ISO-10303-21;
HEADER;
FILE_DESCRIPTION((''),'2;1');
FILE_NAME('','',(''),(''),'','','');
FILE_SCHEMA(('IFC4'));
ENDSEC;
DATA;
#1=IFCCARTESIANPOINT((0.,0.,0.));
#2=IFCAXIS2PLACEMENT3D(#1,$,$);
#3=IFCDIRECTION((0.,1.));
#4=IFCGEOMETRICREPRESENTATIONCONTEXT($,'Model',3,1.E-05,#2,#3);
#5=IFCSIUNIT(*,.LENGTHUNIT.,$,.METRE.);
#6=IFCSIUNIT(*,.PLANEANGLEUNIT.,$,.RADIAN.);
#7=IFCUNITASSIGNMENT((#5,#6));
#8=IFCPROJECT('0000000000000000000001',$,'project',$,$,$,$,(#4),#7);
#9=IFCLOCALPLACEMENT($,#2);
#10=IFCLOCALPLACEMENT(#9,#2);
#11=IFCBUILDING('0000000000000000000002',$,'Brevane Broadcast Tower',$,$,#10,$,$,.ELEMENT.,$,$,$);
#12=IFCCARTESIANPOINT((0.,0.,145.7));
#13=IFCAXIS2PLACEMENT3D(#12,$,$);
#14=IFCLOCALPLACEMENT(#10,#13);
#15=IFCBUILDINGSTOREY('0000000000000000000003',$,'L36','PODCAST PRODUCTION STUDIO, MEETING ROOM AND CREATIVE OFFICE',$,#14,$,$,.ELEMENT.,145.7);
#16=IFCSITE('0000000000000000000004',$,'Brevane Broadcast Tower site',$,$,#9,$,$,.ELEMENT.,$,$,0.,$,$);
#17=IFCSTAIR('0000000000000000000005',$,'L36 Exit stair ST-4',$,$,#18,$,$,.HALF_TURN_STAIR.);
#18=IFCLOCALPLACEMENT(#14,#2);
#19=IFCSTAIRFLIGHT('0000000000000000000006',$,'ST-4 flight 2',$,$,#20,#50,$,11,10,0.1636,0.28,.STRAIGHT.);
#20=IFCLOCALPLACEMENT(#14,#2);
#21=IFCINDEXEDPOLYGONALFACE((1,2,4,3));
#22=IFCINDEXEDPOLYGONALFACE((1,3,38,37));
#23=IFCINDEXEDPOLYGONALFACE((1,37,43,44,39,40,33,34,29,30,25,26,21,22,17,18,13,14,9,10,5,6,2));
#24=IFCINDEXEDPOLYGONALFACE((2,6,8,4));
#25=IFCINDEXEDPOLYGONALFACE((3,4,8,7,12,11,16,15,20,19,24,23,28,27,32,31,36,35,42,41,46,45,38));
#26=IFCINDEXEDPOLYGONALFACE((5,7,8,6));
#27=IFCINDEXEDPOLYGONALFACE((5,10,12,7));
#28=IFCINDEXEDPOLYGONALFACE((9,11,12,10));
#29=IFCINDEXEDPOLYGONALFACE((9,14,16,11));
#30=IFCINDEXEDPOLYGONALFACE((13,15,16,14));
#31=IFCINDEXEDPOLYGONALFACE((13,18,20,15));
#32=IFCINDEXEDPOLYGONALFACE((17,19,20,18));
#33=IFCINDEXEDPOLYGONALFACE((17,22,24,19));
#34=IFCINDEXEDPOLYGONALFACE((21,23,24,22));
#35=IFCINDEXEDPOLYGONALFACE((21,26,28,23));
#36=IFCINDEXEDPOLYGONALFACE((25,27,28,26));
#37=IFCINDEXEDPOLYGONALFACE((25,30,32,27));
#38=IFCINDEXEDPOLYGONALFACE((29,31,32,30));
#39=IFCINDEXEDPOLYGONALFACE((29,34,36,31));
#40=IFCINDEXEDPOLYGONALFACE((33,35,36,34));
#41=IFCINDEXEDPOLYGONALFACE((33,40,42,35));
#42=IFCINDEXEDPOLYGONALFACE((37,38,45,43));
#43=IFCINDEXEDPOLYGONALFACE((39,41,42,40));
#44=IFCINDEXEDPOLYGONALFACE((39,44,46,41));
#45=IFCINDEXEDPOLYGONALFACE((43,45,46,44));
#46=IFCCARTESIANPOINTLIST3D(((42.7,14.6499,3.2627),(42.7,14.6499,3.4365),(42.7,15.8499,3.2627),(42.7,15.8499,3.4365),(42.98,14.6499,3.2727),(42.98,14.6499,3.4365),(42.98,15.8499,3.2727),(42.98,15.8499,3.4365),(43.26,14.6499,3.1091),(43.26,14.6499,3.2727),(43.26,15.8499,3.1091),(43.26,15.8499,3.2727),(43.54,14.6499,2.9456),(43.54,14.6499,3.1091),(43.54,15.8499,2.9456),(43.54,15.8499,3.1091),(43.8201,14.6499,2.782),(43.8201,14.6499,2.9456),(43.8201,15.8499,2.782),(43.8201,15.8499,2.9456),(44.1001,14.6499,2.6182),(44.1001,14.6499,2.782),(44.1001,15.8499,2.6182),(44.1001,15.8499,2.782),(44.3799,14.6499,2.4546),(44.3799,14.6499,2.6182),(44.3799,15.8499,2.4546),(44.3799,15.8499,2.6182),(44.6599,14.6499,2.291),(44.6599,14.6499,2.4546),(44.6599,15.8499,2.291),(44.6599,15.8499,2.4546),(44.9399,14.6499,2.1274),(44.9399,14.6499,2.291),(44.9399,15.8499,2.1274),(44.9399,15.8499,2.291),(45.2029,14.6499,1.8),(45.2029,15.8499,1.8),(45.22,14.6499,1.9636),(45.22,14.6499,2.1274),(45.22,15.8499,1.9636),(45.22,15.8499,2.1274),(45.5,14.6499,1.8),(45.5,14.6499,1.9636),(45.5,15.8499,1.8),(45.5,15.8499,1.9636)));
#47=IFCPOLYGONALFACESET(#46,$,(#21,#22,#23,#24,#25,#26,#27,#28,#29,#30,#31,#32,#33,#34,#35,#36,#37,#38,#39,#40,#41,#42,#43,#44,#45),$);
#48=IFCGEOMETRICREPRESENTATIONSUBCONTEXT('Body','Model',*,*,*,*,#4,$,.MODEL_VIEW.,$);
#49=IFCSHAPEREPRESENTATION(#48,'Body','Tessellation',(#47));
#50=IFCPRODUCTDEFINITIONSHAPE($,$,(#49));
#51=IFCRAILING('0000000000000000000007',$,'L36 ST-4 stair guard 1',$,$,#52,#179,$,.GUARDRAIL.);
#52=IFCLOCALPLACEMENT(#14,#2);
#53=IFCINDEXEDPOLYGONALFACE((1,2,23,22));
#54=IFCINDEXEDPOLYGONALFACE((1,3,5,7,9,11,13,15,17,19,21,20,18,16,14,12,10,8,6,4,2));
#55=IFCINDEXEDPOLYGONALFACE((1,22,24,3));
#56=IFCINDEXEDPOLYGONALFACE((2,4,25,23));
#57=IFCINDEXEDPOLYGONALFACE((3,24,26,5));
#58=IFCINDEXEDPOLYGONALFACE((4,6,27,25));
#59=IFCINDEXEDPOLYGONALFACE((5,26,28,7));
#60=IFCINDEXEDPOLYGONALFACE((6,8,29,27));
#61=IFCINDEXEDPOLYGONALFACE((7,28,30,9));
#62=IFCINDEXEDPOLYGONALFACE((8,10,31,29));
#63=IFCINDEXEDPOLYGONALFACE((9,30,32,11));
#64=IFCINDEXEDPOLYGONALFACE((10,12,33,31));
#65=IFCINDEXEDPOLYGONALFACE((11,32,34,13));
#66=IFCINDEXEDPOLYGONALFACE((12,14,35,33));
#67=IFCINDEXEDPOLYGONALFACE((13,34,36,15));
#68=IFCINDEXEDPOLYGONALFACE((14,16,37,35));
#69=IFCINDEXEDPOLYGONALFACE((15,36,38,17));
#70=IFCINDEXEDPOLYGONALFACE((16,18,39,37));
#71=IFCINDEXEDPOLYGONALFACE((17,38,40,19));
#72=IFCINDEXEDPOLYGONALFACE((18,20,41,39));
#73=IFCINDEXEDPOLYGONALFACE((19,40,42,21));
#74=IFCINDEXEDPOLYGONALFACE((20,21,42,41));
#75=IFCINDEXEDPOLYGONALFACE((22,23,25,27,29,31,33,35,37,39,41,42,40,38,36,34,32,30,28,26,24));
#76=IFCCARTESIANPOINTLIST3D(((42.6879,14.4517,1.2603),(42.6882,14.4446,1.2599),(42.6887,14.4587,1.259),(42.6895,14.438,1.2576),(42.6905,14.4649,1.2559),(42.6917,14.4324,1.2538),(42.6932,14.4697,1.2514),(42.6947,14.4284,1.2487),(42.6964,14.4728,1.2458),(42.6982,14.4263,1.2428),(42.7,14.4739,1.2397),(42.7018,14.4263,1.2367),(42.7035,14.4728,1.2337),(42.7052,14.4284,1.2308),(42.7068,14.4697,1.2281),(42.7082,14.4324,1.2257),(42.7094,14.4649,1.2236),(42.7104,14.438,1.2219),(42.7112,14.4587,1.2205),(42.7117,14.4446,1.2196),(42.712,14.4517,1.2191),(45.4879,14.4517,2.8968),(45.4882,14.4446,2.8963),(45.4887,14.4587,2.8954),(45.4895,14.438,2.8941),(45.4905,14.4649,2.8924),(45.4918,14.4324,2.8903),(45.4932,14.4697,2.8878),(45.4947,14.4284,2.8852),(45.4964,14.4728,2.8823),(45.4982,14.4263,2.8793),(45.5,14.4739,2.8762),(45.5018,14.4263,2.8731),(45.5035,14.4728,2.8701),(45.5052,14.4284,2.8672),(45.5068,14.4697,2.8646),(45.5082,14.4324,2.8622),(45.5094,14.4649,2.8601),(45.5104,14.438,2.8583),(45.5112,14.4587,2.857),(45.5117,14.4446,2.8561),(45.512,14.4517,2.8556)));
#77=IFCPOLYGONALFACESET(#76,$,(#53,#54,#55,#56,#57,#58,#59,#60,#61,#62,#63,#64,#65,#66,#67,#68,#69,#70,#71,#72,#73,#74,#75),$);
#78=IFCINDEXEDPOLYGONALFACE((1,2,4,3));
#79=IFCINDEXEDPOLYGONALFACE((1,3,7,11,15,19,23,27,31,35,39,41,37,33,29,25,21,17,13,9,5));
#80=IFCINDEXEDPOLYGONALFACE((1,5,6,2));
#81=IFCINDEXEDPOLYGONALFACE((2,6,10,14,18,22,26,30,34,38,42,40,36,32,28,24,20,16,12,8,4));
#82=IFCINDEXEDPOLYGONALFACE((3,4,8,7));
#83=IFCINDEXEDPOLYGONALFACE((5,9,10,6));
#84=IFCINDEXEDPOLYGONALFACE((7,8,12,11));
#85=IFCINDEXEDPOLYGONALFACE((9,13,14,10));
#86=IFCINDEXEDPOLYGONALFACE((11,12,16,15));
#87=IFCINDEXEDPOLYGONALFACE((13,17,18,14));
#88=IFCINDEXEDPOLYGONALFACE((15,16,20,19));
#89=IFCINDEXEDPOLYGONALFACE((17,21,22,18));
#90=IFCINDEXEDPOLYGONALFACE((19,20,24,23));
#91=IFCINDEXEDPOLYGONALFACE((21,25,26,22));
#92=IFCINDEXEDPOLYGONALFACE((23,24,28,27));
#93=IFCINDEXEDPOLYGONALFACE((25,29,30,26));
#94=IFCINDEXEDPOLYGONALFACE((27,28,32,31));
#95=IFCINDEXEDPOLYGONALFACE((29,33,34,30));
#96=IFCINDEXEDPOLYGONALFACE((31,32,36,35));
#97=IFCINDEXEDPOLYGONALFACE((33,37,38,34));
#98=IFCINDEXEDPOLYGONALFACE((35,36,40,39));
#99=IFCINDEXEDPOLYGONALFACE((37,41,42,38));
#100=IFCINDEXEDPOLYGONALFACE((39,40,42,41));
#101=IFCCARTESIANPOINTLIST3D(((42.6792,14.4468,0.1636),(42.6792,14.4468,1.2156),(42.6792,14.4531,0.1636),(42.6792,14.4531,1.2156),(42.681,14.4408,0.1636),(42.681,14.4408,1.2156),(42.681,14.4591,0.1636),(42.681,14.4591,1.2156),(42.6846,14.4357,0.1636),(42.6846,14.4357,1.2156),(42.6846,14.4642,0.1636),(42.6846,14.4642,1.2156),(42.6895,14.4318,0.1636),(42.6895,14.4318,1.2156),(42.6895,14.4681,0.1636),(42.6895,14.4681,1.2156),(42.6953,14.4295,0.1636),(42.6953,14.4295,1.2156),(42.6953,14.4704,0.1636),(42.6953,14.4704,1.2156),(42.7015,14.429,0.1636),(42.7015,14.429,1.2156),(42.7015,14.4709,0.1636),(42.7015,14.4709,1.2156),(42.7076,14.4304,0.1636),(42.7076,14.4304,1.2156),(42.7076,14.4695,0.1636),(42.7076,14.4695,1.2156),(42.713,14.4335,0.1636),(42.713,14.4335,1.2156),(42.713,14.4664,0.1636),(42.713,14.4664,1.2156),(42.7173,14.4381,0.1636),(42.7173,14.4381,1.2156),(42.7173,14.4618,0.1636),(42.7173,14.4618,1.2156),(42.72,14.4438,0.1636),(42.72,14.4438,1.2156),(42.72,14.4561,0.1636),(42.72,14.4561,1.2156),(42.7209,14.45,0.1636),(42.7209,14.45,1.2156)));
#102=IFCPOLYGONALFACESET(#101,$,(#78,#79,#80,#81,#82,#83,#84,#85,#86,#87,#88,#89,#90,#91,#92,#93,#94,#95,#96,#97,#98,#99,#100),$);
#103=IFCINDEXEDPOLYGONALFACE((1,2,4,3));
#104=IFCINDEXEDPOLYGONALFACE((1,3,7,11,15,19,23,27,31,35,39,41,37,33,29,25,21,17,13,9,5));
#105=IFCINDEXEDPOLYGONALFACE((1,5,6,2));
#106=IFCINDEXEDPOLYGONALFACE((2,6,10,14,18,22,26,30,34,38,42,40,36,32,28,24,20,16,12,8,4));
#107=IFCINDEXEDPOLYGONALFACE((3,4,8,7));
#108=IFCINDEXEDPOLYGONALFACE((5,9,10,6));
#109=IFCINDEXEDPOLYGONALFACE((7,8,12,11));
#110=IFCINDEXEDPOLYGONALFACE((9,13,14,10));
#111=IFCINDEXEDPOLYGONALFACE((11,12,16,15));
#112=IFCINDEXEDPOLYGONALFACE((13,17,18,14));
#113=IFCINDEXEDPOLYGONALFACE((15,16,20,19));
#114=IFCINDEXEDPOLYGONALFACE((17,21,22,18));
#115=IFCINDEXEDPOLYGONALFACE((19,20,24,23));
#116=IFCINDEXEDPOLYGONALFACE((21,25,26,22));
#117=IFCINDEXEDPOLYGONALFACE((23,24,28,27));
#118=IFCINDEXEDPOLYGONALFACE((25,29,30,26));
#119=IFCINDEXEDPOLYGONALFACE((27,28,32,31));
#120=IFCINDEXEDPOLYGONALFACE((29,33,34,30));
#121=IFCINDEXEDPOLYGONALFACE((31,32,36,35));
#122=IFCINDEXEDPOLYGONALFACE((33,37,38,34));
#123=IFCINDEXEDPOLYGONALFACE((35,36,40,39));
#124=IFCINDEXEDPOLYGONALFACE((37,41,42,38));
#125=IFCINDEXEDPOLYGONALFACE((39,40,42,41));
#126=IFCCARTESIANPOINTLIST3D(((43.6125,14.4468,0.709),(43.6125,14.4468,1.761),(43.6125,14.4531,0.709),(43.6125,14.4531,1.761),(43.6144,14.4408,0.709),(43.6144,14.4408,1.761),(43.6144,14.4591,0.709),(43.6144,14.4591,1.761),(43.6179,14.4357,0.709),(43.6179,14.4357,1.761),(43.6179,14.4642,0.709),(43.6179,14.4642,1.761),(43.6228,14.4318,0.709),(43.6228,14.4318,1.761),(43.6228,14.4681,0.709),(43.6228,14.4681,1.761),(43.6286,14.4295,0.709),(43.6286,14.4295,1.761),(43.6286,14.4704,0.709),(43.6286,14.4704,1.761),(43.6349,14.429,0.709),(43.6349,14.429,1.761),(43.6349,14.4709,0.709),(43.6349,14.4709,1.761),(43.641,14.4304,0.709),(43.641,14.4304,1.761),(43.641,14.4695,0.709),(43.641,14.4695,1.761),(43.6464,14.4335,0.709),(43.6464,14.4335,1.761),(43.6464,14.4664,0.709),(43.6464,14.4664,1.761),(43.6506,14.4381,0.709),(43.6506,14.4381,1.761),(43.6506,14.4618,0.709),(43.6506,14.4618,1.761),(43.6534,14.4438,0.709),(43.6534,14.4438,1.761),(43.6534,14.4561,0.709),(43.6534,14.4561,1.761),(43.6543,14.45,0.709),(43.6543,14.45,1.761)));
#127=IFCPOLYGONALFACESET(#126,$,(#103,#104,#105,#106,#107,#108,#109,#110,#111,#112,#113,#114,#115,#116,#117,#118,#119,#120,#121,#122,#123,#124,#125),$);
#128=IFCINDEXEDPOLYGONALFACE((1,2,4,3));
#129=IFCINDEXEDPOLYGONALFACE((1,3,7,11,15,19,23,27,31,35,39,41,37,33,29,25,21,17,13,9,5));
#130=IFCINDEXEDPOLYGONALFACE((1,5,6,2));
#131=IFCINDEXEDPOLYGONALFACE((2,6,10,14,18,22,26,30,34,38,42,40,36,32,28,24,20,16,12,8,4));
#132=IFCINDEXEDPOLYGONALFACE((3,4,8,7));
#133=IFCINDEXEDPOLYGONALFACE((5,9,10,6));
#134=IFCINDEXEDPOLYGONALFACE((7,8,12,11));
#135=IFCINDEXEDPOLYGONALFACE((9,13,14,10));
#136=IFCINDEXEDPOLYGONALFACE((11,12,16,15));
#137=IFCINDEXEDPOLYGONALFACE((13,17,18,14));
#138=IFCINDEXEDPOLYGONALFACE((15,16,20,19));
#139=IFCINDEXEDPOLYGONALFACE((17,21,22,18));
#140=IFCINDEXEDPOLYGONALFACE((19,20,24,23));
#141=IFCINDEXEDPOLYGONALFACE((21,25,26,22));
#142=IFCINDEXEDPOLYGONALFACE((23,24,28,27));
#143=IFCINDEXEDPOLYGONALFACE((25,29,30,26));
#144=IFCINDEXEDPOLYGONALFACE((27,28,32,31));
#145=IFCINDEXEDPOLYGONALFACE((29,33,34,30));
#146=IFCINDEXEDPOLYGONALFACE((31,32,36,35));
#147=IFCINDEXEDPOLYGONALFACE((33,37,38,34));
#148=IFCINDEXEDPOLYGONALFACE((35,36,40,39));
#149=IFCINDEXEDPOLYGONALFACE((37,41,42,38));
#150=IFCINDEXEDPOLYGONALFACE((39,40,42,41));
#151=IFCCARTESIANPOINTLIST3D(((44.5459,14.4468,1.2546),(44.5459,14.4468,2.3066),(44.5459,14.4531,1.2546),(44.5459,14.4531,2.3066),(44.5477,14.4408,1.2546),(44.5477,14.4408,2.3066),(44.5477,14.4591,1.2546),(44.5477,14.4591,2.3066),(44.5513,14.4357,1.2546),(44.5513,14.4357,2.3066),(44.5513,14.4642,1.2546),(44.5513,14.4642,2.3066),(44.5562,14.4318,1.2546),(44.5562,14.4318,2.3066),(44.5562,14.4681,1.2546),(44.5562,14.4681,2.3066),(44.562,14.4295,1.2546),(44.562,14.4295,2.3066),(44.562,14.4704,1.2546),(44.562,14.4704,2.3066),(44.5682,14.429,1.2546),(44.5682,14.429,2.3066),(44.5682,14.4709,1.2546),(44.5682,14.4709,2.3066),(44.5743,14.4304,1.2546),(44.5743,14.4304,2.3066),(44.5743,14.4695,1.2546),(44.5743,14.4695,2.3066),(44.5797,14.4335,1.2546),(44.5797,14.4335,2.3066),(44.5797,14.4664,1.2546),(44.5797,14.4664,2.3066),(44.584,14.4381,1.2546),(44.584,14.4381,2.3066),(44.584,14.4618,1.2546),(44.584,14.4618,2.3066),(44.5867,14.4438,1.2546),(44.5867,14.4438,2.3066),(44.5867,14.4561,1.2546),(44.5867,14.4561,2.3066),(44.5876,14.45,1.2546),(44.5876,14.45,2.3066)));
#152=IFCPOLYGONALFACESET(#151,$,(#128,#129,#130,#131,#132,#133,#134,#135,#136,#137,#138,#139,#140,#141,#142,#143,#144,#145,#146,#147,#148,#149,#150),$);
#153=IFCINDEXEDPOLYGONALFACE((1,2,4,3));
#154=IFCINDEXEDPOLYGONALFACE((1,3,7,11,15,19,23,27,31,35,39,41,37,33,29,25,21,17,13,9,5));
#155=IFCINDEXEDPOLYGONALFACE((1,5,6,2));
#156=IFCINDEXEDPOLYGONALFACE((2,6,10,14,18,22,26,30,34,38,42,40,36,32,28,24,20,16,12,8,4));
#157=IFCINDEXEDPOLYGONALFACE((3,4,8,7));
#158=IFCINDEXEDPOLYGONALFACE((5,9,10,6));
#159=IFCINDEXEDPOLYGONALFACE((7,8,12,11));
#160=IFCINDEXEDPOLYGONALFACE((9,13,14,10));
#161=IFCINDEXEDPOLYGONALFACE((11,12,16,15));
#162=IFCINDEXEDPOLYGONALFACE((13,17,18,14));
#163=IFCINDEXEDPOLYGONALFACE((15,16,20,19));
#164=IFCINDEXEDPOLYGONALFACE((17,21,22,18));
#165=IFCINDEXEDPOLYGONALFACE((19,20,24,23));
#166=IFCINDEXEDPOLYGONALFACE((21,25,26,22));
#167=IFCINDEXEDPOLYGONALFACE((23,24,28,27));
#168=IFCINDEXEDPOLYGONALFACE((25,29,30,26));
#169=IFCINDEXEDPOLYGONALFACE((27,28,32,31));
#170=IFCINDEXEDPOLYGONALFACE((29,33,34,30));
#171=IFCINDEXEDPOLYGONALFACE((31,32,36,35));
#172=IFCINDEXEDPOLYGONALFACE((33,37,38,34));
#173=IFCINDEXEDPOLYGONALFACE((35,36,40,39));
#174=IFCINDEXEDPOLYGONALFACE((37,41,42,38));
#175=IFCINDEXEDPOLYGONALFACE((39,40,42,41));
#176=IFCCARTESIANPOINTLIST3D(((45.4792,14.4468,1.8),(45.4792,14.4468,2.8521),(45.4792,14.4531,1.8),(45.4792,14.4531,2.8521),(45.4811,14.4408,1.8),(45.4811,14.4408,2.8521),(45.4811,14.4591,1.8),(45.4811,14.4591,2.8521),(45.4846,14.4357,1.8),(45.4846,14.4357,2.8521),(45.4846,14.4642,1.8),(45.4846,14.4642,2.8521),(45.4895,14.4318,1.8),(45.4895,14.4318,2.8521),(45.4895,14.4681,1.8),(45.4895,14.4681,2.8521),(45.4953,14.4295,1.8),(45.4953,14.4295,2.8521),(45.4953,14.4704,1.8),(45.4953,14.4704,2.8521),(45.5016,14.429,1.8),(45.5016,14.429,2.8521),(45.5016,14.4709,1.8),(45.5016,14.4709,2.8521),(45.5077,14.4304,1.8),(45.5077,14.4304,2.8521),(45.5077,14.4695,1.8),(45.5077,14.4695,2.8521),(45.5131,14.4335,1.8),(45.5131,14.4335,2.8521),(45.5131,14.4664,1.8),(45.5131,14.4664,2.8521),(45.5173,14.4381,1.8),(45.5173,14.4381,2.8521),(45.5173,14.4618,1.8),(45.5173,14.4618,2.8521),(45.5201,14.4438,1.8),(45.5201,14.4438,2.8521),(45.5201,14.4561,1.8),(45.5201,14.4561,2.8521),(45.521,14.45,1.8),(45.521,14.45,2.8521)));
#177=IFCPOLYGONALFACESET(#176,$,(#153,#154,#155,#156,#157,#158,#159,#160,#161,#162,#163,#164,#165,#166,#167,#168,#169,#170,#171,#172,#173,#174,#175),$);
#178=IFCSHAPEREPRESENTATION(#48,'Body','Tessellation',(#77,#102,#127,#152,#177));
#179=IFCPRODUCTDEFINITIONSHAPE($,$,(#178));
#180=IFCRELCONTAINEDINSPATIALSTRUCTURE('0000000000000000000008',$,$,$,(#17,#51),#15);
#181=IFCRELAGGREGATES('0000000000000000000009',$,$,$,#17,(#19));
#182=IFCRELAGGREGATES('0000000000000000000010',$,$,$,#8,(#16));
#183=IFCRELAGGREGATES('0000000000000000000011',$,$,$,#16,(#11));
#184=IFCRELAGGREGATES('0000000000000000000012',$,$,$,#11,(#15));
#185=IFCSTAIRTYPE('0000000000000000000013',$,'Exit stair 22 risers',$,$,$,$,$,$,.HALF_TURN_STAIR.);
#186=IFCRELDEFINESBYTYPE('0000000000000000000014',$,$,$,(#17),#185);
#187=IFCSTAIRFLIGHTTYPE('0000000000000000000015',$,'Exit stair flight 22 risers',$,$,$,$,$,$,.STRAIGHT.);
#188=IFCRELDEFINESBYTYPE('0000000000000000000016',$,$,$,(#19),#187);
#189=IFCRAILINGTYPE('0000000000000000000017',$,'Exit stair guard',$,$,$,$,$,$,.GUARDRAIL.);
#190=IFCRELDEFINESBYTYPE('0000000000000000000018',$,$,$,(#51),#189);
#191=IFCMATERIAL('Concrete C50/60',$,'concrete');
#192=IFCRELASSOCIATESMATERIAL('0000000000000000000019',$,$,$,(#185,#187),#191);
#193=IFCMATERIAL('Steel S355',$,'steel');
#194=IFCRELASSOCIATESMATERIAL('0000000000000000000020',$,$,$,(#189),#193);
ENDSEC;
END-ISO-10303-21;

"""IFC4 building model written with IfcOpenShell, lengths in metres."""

from ifc_helpers import new_model, si_unit, direction, frame, origin, origin_2d, place, context, subcontext, project, spatial, polyline, circle, outline, extrude, material, type_object, element, aggregate, save


model = new_model("IFC4")

# Units and contexts
model_context = context("Model", 3, precision=1e-05, world=origin(), true_north=direction((0.0, 1.0)))
body_context = subcontext(model_context, "Body", "Model", "MODEL_VIEW")
ifc_project = project(units=[si_unit("LENGTHUNIT", "METRE"), si_unit("PLANEANGLEUNIT", "RADIAN")], contexts=[model_context])

# Site, building, storey
site_placement = place(None, origin())
site = spatial("IfcSite", under=ifc_project, at=site_placement, Name="Brevane Broadcast Tower site", CompositionType="ELEMENT", RefElevation=0.0)
building_placement = place(site_placement, origin())
building = spatial("IfcBuilding", under=site, at=building_placement, Name="Brevane Broadcast Tower", CompositionType="ELEMENT")
storey_placement = place(building_placement, frame((0.0, 0.0, 145.7)))
storey = spatial("IfcBuildingStorey", under=building, at=storey_placement, Name="L36", Description="PODCAST PRODUCTION STUDIO, MEETING ROOM AND CREATIVE OFFICE", CompositionType="ELEMENT", Elevation=145.7)

# Stair, stair flight
ifc_material_1 = material(Name="Concrete C50/60", Category="concrete")
stair_type = type_object("IfcStairType", Name="Exit stair 22 risers", PredefinedType="HALF_TURN_STAIR", material=ifc_material_1)
stair_placement = place(storey_placement, origin())
stair = element("IfcStair", 1, at=stair_placement, inside=storey, type_object=stair_type, Name="L36 Exit stair ST-4", PredefinedType="HALF_TURN_STAIR")
stair_flight_type = type_object("IfcStairFlightType", Name="Exit stair flight 22 risers", PredefinedType="STRAIGHT", material=ifc_material_1)
stair_flight_1_placement = place(storey_placement, frame((45.5, 15.25, 1.8), z_axis=(0.0, 0.0, 1.0), x_axis=(-1.0, 0.0, 0.0)))
stair_flight_1 = element("IfcStairFlight", 2, at=stair_flight_1_placement, type_object=stair_flight_type, Name="ST-4 flight 2", NumberOfRisers=11, NumberOfTreads=10, PredefinedType="STRAIGHT", RiserHeight=0.1636, TreadLength=0.28, context=body_context, shape_type="SweptSolid", body=[
    extrude(outline(polyline([(0.0, 0.0), (0.0, 0.1636), (0.28, 0.1636), (0.28, 0.3274), (0.5601, 0.3274), (0.5601, 0.491), (0.8401, 0.491), (0.8401, 0.6545), (1.1201, 0.6545), (1.1201, 0.8181), (1.3999, 0.8181), (1.3999, 0.9819), (1.6799, 0.9819), (1.6799, 1.1455), (1.96, 1.1455), (1.96, 1.3091), (2.24, 1.3091), (2.24, 1.4727), (2.52, 1.4727), (2.52, 1.6365), (2.8, 1.6365), (2.8, 1.8), (2.8, 1.4626), (0.2971, 0.0), (0.0, 0.0)])), frame((0.0, 0.6001, 0.0), z_axis=(0.0, -1.0, 0.0), x_axis=(1.0, 0.0, 0.0)), (0.0, 0.0, 1.0), 1.2),
])
aggregate(stair, [stair_flight_1])

# Railing
ifc_material_2 = material(Name="Steel S355", Category="steel")
railing_type_1 = type_object("IfcRailingType", Name="Exit stair guard", PredefinedType="GUARDRAIL", material=ifc_material_2)
railing_1_placement = place(storey_placement, frame((42.7, 14.45, 0.1636)))
element("IfcRailing", 3, at=railing_1_placement, inside=storey, type_object=railing_type_1, Name="L36 ST-4 stair guard 1", PredefinedType="GUARDRAIL", context=body_context, shape_type="SweptSolid", body=[
    extrude(circle(Radius=0.0239, at=origin_2d()), frame((0.0, 0.0, 1.0762), z_axis=(0.863361, 0.0, 0.504587), x_axis=(0.0, 1.0, 0.0)), (0.0, 0.0, 1.0), 3.2432),
    extrude(circle(Radius=0.021, at=origin_2d()), origin(), (0.0, 0.0, 1.0), 1.052),
    extrude(circle(Radius=0.021, at=origin_2d()), frame((0.9333, 0.0, 0.5454)), (0.0, 0.0, 1.0), 1.052),
    extrude(circle(Radius=0.021, at=origin_2d()), frame((1.8667, 0.0, 1.0911)), (0.0, 0.0, 1.0), 1.052),
    extrude(circle(Radius=0.021, at=origin_2d()), frame((2.8, 0.0, 1.6365)), (0.0, 0.0, 1.0), 1.052),
])

save(model, "model.ifc")
